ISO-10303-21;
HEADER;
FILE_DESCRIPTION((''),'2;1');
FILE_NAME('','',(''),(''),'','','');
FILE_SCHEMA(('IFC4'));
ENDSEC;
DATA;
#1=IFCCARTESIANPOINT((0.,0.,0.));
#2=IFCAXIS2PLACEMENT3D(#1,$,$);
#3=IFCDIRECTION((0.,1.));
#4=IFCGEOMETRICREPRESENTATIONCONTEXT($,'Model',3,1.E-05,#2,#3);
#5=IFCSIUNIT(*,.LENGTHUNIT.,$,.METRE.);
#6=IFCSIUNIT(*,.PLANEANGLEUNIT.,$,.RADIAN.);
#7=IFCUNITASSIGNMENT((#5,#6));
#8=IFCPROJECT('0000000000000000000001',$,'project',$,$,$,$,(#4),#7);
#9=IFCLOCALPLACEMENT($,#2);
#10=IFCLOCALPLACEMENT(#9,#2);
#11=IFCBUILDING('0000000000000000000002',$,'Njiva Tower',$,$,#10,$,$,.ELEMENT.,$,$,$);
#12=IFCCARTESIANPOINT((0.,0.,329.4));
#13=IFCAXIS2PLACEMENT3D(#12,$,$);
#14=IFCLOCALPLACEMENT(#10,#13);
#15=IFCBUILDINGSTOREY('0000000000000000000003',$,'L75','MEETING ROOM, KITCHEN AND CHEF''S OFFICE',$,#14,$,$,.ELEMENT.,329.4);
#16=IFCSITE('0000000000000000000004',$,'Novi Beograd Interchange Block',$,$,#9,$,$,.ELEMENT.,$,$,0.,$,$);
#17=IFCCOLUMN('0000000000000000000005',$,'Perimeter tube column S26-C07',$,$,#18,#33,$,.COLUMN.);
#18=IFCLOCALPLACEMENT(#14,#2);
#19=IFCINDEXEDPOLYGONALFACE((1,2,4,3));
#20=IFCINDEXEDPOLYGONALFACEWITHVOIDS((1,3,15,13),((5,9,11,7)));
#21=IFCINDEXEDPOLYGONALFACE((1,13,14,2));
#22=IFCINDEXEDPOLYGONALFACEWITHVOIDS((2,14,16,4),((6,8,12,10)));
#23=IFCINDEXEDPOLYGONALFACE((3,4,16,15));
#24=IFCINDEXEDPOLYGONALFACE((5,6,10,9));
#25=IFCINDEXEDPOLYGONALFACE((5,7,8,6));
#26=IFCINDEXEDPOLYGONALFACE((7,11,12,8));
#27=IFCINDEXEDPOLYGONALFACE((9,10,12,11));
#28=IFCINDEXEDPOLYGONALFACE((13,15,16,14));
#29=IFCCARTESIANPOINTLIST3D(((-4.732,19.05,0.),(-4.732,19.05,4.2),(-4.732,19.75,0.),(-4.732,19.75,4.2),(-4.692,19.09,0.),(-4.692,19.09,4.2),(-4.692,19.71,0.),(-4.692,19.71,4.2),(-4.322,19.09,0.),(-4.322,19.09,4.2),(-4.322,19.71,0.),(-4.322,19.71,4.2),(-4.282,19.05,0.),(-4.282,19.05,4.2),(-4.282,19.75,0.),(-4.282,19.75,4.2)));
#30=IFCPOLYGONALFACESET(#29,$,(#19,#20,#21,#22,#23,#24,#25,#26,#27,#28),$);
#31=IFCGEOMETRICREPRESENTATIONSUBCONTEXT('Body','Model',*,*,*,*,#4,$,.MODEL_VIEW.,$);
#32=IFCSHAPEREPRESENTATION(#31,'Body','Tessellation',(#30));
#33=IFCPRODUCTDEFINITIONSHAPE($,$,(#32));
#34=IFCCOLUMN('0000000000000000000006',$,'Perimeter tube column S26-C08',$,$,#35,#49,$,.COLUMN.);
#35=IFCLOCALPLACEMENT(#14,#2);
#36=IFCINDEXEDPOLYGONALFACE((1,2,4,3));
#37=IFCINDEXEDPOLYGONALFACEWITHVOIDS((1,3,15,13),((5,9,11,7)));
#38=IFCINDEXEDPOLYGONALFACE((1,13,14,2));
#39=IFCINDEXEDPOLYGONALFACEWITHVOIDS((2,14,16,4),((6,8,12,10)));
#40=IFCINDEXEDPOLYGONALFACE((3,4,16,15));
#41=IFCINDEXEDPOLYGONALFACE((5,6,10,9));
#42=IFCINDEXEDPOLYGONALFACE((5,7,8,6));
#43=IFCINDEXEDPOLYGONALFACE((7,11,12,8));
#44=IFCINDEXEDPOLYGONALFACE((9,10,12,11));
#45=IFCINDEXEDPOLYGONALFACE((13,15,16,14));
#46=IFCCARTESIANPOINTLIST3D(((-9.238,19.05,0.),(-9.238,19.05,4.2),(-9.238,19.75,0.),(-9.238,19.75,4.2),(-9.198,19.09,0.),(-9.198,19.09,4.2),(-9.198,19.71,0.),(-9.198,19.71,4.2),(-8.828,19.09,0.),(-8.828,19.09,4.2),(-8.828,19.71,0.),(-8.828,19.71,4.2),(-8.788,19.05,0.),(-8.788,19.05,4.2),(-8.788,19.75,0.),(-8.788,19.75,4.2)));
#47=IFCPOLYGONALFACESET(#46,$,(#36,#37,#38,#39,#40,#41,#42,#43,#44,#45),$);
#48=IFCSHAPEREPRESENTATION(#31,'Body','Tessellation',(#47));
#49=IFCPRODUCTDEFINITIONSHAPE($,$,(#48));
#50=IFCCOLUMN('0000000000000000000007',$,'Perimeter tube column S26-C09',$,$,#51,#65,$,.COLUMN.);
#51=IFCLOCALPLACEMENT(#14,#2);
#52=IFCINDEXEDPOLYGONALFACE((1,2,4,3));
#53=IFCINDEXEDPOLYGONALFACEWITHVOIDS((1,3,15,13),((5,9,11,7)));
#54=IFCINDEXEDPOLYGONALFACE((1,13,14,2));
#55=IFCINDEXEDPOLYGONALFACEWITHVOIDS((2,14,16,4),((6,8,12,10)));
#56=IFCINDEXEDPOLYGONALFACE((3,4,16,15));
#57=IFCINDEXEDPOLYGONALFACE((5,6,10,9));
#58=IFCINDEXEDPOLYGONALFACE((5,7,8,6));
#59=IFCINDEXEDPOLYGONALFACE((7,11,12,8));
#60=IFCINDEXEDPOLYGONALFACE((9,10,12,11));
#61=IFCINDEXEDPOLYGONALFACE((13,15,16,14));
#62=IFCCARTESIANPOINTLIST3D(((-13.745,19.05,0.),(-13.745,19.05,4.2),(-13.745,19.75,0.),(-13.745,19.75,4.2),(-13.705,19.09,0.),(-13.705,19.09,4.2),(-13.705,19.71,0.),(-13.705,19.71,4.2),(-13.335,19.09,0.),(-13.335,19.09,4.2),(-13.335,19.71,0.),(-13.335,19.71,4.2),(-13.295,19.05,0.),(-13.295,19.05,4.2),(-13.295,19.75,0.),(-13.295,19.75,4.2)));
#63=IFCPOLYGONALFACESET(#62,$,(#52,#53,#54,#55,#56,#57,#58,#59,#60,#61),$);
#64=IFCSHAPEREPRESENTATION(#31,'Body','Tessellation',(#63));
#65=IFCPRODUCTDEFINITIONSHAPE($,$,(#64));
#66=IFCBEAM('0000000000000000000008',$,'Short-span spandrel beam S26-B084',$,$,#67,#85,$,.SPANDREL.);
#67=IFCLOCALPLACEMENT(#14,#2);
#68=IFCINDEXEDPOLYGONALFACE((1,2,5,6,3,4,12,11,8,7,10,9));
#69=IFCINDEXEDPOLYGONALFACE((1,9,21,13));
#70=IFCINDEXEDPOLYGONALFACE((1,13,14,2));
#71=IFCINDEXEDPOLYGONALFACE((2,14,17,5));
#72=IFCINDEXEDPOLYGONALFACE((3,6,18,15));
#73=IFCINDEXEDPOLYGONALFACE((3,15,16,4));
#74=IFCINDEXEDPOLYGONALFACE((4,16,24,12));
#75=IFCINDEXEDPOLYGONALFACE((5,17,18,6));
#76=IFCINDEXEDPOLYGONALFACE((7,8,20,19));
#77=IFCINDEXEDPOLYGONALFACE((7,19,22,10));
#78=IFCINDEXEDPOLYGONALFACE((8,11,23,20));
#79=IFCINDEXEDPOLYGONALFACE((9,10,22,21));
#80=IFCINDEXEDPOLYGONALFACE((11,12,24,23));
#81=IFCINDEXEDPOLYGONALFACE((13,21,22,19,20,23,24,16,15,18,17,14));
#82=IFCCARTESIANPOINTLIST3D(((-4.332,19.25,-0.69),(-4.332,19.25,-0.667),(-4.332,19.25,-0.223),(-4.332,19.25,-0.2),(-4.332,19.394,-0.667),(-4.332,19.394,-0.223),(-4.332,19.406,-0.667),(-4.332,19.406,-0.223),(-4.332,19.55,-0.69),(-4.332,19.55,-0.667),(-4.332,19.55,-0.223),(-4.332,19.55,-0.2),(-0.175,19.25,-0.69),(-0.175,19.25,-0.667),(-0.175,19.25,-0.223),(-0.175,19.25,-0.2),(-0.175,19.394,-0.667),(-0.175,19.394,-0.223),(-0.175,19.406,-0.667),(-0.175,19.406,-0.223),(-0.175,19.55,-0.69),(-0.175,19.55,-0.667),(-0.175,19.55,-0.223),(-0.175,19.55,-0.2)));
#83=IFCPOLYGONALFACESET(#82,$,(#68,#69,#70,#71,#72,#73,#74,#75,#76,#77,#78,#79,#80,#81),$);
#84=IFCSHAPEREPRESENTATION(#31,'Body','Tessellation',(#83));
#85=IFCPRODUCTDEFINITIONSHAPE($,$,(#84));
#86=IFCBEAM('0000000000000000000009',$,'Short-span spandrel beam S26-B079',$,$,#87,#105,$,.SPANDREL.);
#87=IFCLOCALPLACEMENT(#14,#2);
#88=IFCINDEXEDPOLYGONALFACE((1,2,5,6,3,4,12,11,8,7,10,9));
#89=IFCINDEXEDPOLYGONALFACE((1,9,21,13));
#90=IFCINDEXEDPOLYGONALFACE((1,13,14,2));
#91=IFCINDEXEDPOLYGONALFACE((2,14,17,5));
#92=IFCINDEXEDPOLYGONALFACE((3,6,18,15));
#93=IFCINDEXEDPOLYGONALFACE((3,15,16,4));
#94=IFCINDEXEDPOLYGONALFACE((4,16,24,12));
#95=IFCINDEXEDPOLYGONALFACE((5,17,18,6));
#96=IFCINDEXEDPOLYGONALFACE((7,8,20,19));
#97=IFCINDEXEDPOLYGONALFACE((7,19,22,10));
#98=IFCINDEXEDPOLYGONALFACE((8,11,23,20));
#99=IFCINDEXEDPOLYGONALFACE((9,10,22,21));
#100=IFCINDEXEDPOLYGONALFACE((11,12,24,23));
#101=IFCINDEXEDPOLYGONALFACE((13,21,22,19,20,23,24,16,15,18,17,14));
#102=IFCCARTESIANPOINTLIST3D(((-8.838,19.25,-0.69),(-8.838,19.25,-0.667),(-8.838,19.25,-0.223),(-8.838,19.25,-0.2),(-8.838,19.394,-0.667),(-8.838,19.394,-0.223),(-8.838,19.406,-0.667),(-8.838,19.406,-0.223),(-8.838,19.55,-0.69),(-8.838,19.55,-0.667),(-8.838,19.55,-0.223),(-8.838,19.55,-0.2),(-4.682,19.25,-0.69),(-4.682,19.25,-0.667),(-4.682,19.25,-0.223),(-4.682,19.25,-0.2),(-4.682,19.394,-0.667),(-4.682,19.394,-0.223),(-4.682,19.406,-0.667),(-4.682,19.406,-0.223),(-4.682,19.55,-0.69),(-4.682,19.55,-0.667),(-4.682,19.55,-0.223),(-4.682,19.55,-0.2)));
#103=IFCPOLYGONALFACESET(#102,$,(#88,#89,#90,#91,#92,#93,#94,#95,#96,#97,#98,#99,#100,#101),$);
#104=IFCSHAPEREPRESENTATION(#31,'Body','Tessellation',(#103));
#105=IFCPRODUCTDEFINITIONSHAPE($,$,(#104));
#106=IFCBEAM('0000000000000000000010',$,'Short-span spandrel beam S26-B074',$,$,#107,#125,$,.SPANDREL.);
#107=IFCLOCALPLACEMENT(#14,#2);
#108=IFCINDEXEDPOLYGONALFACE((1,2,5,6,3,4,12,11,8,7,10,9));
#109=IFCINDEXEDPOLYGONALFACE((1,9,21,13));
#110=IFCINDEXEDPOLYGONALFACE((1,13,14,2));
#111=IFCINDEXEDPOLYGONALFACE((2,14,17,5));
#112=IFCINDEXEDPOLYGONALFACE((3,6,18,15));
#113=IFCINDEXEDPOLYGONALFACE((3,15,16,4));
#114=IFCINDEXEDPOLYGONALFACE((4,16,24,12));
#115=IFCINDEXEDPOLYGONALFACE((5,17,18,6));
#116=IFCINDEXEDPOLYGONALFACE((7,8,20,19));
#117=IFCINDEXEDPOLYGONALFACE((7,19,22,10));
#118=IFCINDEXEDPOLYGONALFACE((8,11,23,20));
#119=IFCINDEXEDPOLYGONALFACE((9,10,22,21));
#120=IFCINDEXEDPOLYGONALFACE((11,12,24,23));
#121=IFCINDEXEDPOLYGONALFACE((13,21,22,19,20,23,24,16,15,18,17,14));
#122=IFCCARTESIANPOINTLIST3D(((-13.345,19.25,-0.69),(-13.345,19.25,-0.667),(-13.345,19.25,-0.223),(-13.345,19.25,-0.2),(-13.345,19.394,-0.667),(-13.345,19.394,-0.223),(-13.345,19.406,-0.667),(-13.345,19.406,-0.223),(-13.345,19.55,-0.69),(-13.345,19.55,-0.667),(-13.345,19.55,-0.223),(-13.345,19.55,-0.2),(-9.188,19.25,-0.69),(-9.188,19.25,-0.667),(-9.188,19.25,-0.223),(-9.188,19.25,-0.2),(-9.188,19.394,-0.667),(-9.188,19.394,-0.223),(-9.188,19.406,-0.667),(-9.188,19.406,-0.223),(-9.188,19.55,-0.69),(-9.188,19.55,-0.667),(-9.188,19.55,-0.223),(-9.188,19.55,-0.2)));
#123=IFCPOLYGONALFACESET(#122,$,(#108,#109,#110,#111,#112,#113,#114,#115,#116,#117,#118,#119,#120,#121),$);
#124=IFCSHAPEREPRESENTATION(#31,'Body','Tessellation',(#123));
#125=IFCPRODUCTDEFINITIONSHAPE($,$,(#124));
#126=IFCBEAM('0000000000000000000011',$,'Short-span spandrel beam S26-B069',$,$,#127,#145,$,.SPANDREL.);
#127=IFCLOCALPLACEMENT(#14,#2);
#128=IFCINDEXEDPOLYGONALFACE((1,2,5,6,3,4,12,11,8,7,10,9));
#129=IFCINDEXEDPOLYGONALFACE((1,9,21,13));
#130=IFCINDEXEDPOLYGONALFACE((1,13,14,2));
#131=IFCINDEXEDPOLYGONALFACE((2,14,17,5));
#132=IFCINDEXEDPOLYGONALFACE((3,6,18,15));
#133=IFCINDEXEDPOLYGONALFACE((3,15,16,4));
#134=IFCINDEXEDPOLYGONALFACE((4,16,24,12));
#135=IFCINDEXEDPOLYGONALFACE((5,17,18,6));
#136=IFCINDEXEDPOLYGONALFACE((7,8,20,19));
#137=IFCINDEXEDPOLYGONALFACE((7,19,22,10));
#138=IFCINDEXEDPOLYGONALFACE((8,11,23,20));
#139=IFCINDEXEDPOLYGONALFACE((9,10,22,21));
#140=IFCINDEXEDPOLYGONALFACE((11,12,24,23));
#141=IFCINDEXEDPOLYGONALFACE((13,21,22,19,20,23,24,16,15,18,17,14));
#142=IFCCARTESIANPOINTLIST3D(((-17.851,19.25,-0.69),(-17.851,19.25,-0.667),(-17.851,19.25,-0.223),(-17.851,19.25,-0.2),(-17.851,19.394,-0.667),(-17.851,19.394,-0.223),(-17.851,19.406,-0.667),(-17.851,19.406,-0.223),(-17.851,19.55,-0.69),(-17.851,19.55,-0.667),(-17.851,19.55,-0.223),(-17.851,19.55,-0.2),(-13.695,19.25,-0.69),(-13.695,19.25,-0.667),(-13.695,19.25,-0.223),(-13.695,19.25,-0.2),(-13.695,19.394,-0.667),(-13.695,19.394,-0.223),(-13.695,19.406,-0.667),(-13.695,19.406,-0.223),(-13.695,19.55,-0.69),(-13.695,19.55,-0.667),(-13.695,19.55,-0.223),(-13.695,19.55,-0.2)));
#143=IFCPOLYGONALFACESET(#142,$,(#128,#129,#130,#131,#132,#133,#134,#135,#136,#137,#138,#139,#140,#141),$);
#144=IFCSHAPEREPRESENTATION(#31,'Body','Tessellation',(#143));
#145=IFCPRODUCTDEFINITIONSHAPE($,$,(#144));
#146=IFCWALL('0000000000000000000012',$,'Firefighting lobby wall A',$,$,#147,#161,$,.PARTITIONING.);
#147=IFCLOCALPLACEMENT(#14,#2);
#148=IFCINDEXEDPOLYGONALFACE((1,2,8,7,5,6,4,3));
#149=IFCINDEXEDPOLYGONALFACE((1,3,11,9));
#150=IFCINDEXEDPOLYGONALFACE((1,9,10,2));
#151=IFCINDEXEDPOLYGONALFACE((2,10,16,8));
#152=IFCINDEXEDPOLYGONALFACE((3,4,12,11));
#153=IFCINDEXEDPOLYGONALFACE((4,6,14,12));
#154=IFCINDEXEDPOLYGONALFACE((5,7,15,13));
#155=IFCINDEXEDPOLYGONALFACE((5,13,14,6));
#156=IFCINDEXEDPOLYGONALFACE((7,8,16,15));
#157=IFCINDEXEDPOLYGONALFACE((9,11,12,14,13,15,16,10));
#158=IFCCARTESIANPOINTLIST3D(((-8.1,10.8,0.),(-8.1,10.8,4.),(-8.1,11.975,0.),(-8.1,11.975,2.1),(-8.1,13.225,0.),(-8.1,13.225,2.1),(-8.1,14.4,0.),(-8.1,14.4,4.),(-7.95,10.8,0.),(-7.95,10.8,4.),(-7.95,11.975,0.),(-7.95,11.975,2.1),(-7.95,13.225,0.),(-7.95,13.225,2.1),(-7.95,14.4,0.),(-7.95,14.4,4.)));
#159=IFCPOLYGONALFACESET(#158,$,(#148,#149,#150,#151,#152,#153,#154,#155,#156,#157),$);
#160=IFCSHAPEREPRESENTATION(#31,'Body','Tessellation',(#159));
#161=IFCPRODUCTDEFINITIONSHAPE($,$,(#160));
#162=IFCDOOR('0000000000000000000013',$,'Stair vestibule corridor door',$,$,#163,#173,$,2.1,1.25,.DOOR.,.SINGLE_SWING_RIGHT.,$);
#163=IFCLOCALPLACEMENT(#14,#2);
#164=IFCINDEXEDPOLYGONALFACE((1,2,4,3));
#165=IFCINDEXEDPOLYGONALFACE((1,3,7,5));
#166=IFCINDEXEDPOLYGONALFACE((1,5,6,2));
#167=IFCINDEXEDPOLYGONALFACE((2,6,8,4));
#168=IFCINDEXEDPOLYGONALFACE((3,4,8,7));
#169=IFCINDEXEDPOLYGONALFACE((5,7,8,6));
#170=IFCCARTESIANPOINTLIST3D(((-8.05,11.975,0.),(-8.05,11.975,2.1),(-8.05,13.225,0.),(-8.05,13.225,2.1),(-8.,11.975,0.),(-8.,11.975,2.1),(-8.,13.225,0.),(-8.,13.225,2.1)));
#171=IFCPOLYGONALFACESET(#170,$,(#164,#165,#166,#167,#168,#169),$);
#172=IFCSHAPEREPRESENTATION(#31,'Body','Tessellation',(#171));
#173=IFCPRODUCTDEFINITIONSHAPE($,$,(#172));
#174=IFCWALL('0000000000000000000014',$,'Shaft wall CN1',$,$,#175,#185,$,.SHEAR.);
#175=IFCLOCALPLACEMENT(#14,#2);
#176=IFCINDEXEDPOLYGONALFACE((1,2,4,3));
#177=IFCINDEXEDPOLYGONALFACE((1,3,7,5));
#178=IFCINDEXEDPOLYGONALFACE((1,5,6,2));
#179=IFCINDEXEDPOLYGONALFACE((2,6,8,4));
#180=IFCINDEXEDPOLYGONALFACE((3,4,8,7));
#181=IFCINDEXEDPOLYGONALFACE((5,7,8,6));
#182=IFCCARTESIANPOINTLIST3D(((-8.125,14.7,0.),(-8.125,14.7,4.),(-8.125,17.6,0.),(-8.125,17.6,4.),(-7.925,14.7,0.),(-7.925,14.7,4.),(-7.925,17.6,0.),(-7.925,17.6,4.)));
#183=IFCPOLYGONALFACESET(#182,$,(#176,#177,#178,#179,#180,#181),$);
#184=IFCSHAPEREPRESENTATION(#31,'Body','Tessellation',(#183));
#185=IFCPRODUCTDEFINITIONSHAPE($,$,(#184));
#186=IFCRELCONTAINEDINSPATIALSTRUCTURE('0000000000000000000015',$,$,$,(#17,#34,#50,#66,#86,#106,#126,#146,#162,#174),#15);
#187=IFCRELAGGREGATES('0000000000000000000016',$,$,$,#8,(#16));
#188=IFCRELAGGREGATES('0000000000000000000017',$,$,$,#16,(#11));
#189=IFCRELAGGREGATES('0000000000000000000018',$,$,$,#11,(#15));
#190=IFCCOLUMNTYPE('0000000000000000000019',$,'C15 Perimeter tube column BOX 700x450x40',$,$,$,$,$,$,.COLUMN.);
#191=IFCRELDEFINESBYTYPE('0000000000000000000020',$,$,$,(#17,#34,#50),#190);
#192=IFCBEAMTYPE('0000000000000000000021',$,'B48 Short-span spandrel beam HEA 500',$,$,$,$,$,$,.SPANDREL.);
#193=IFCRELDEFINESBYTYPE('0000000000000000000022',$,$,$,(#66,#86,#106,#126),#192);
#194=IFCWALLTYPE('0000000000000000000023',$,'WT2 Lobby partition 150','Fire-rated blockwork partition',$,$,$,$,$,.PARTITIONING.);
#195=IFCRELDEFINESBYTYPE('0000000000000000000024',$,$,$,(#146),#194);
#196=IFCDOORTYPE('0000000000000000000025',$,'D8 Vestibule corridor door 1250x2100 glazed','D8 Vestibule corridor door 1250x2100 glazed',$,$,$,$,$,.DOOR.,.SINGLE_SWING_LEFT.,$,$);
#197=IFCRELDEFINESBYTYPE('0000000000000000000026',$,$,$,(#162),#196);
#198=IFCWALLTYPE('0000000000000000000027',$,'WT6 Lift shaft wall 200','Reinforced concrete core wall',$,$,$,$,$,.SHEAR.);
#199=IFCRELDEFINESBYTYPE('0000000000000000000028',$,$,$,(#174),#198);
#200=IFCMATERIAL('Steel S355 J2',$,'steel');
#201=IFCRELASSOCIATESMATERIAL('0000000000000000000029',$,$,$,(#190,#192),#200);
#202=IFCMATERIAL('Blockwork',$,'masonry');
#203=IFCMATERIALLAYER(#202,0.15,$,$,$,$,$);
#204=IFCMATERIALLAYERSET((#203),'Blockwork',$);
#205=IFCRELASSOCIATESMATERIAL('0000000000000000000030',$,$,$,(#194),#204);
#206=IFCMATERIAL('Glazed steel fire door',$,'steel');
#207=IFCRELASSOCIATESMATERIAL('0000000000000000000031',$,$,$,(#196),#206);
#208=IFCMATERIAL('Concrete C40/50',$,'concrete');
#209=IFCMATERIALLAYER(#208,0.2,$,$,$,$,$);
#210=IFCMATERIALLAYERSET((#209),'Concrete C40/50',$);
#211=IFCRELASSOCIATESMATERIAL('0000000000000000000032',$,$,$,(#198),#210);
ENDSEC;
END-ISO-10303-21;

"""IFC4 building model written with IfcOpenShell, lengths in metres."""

from ifc_helpers import new_model, si_unit, direction, frame, frame_2d, origin, origin_2d, place, context, subcontext, project, spatial, rectangle, hollow_rectangle, i_section, extrude, material, layer, layer_set, material_profile, profile_set, type_object, element, fill, save


model = new_model("IFC4")

# Units and contexts
model_context = context("Model", 3, precision=1e-05, world=origin(), true_north=direction((0.0, 1.0)))
body_context = subcontext(model_context, "Body", "Model", "MODEL_VIEW")
ifc_project = project(units=[si_unit("LENGTHUNIT", "METRE"), si_unit("PLANEANGLEUNIT", "RADIAN")], contexts=[model_context])

# Site, building, storey
site_placement = place(None, origin())
site = spatial("IfcSite", under=ifc_project, at=site_placement, Name="Novi Beograd Interchange Block", CompositionType="ELEMENT", RefElevation=0.0)
building_placement = place(site_placement, origin())
building = spatial("IfcBuilding", under=site, at=building_placement, Name="Njiva Tower", CompositionType="ELEMENT")
storey_placement = place(building_placement, frame((0.0, 0.0, 329.4)))
storey = spatial("IfcBuildingStorey", under=building, at=storey_placement, Name="L75", Description="MEETING ROOM, KITCHEN AND CHEF'S OFFICE", CompositionType="ELEMENT", Elevation=329.4)

# Columns
ifc_material_1 = material(Name="Steel S355 J2", Category="steel")
ifc_material_profile_1 = material_profile(ifc_material_1, hollow_rectangle(XDim=0.45, YDim=0.7, WallThickness=0.04, at=origin_2d()), Name="BOX 700x450x40")
ifc_profile_set_1 = profile_set([ifc_material_profile_1], Name="Steel S355 J2")
column_type = type_object("IfcColumnType", Name="C15 Perimeter tube column BOX 700x450x40", PredefinedType="COLUMN", material=ifc_profile_set_1)
for number, where, z_axis, x_axis, name in (
    (1, (-4.507, 19.4, 0.0), (0.0, 0.0, 1.0), (-1.0, 0.0, 0.0), "Perimeter tube column S26-C07"),
    (2, (-9.013, 19.4, 0.0), (0.0, 0.0, 1.0), (-1.0, 0.0, 0.0), "Perimeter tube column S26-C08"),
    (3, (-13.52, 19.4, 0.0), (0.0, 0.0, 1.0), (-1.0, 0.0, 0.0), "Perimeter tube column S26-C09"),
):
    element("IfcColumn", number, at=place(storey_placement, frame(where, z_axis=z_axis, x_axis=x_axis)), inside=storey, type_object=column_type, Name=name, PredefinedType="COLUMN", context=body_context, shape_type="SweptSolid", body=[
        extrude(hollow_rectangle(XDim=0.45, YDim=0.7, WallThickness=0.04, at=origin_2d()), origin(), (0.0, 0.0, 1.0), 4.2),
    ])

# Beams
ifc_material_profile_2 = material_profile(ifc_material_1, i_section(OverallWidth=0.3, OverallDepth=0.49, WebThickness=0.012, FlangeThickness=0.023, at=origin_2d()), Name="HEA 500")
ifc_profile_set_2 = profile_set([ifc_material_profile_2], Name="Steel S355 J2")
beam_type = type_object("IfcBeamType", Name="B48 Short-span spandrel beam HEA 500", PredefinedType="SPANDREL", material=ifc_profile_set_2)
beam_1_placement = place(storey_placement, frame((-0.175, 19.4, -0.445), z_axis=(-1.0, 0.0, 0.0), x_axis=(0.0, -1.0, 0.0)))
element("IfcBeam", 4, at=beam_1_placement, inside=storey, type_object=beam_type, Name="Short-span spandrel beam S26-B084", PredefinedType="SPANDREL", context=body_context, shape_type="SweptSolid", body=[
    extrude(i_section(OverallWidth=0.3, OverallDepth=0.49, WebThickness=0.012, FlangeThickness=0.023, at=origin_2d()), origin(), (0.0, 0.0, 1.0), 4.157),
])
beam_2_placement = place(storey_placement, frame((-4.682, 19.4, -0.445), z_axis=(-1.0, 0.0, 0.0), x_axis=(0.0, -1.0, 0.0)))
element("IfcBeam", 5, at=beam_2_placement, inside=storey, type_object=beam_type, Name="Short-span spandrel beam S26-B079", PredefinedType="SPANDREL", context=body_context, shape_type="SweptSolid", body=[
    extrude(i_section(OverallWidth=0.3, OverallDepth=0.49, WebThickness=0.012, FlangeThickness=0.023, at=origin_2d()), origin(), (0.0, 0.0, 1.0), 4.156),
])
beam_3_placement = place(storey_placement, frame((-9.188, 19.4, -0.445), z_axis=(-1.0, 0.0, 0.0), x_axis=(0.0, -1.0, 0.0)))
element("IfcBeam", 6, at=beam_3_placement, inside=storey, type_object=beam_type, Name="Short-span spandrel beam S26-B074", PredefinedType="SPANDREL", context=body_context, shape_type="SweptSolid", body=[
    extrude(i_section(OverallWidth=0.3, OverallDepth=0.49, WebThickness=0.012, FlangeThickness=0.023, at=origin_2d()), origin(), (0.0, 0.0, 1.0), 4.157),
])
beam_4_placement = place(storey_placement, frame((-13.695, 19.4, -0.445), z_axis=(-1.0, 0.0, 0.0), x_axis=(0.0, -1.0, 0.0)))
element("IfcBeam", 7, at=beam_4_placement, inside=storey, type_object=beam_type, Name="Short-span spandrel beam S26-B069", PredefinedType="SPANDREL", context=body_context, shape_type="SweptSolid", body=[
    extrude(i_section(OverallWidth=0.3, OverallDepth=0.49, WebThickness=0.012, FlangeThickness=0.023, at=origin_2d()), origin(), (0.0, 0.0, 1.0), 4.156),
])

# Wall, opening, door
ifc_material_2 = material(Name="Blockwork", Category="masonry")
ifc_layer_1 = layer(ifc_material_2, 0.15)
ifc_layer_set_1 = layer_set([ifc_layer_1], Name="Blockwork")
wall_type_1 = type_object("IfcWallType", Name="WT2 Lobby partition 150", Description="Fire-rated blockwork partition", PredefinedType="PARTITIONING", material=ifc_layer_set_1)
wall_1_placement = place(storey_placement, frame((-8.025, 10.8, 0.0), z_axis=(0.0, 0.0, 1.0), x_axis=(0.0, 1.0, 0.0)))
wall_1 = element("IfcWall", 8, at=wall_1_placement, inside=storey, type_object=wall_type_1, Name="Firefighting lobby wall A", PredefinedType="PARTITIONING", context=body_context, shape_type="SweptSolid", body=[
    extrude(rectangle(XDim=3.6, YDim=0.15, at=frame_2d((1.8, 0.0))), origin(), (0.0, 0.0, 1.0), 4.0),
])
opening_1_placement = place(wall_1_placement, frame((1.175, 0.0, 0.0)))
opening_1 = element("IfcOpeningElement", 9, at=opening_1_placement, cuts=wall_1, PredefinedType="OPENING", context=body_context, shape_type="SweptSolid", body=[
    extrude(rectangle(XDim=1.25, YDim=2.1, at=frame_2d((0.625, 1.05))), frame((0.0, 0.085, 0.0), z_axis=(0.0, -1.0, 0.0), x_axis=(1.0, 0.0, 0.0)), (0.0, 0.0, 1.0), 0.17),
])
ifc_material_3 = material(Name="Glazed steel fire door", Category="steel")
door_type_1 = type_object("IfcDoorType", Name="D8 Vestibule corridor door 1250x2100 glazed", Description="D8 Vestibule corridor door 1250x2100 glazed", OperationType="SINGLE_SWING_LEFT", PredefinedType="DOOR", material=ifc_material_3)
door_1_placement = place(opening_1_placement, origin())
door_1 = element("IfcDoor", 10, at=door_1_placement, inside=storey, type_object=door_type_1, Name="Stair vestibule corridor door", OperationType="SINGLE_SWING_RIGHT", OverallHeight=2.1, OverallWidth=1.25, PredefinedType="DOOR", context=body_context, shape_type="SweptSolid", body=[
    extrude(rectangle(XDim=1.25, YDim=2.1, at=frame_2d((0.625, 1.05))), frame((0.0, 0.025, 0.0), z_axis=(0.0, -1.0, 0.0), x_axis=(1.0, 0.0, 0.0)), (0.0, 0.0, 1.0), 0.05),
])
fill(opening_1, door_1)

# Wall
ifc_material_4 = material(Name="Concrete C40/50", Category="concrete")
ifc_layer_2 = layer(ifc_material_4, 0.2)
ifc_layer_set_2 = layer_set([ifc_layer_2], Name="Concrete C40/50")
wall_type_2 = type_object("IfcWallType", Name="WT6 Lift shaft wall 200", Description="Reinforced concrete core wall", PredefinedType="SHEAR", material=ifc_layer_set_2)
for number, where, z_axis, x_axis, name in (
    (11, (-8.025, 14.7, 0.0), (0.0, 0.0, 1.0), (0.0, 1.0, 0.0), "Shaft wall CN1"),
):
    element("IfcWall", number, at=place(storey_placement, frame(where, z_axis=z_axis, x_axis=x_axis)), inside=storey, type_object=wall_type_2, Name=name, PredefinedType="SHEAR", context=body_context, shape_type="SweptSolid", body=[
        extrude(rectangle(XDim=2.9, YDim=0.2, at=frame_2d((1.45, 0.0))), origin(), (0.0, 0.0, 1.0), 4.0),
    ])

save(model, "model.ifc")
